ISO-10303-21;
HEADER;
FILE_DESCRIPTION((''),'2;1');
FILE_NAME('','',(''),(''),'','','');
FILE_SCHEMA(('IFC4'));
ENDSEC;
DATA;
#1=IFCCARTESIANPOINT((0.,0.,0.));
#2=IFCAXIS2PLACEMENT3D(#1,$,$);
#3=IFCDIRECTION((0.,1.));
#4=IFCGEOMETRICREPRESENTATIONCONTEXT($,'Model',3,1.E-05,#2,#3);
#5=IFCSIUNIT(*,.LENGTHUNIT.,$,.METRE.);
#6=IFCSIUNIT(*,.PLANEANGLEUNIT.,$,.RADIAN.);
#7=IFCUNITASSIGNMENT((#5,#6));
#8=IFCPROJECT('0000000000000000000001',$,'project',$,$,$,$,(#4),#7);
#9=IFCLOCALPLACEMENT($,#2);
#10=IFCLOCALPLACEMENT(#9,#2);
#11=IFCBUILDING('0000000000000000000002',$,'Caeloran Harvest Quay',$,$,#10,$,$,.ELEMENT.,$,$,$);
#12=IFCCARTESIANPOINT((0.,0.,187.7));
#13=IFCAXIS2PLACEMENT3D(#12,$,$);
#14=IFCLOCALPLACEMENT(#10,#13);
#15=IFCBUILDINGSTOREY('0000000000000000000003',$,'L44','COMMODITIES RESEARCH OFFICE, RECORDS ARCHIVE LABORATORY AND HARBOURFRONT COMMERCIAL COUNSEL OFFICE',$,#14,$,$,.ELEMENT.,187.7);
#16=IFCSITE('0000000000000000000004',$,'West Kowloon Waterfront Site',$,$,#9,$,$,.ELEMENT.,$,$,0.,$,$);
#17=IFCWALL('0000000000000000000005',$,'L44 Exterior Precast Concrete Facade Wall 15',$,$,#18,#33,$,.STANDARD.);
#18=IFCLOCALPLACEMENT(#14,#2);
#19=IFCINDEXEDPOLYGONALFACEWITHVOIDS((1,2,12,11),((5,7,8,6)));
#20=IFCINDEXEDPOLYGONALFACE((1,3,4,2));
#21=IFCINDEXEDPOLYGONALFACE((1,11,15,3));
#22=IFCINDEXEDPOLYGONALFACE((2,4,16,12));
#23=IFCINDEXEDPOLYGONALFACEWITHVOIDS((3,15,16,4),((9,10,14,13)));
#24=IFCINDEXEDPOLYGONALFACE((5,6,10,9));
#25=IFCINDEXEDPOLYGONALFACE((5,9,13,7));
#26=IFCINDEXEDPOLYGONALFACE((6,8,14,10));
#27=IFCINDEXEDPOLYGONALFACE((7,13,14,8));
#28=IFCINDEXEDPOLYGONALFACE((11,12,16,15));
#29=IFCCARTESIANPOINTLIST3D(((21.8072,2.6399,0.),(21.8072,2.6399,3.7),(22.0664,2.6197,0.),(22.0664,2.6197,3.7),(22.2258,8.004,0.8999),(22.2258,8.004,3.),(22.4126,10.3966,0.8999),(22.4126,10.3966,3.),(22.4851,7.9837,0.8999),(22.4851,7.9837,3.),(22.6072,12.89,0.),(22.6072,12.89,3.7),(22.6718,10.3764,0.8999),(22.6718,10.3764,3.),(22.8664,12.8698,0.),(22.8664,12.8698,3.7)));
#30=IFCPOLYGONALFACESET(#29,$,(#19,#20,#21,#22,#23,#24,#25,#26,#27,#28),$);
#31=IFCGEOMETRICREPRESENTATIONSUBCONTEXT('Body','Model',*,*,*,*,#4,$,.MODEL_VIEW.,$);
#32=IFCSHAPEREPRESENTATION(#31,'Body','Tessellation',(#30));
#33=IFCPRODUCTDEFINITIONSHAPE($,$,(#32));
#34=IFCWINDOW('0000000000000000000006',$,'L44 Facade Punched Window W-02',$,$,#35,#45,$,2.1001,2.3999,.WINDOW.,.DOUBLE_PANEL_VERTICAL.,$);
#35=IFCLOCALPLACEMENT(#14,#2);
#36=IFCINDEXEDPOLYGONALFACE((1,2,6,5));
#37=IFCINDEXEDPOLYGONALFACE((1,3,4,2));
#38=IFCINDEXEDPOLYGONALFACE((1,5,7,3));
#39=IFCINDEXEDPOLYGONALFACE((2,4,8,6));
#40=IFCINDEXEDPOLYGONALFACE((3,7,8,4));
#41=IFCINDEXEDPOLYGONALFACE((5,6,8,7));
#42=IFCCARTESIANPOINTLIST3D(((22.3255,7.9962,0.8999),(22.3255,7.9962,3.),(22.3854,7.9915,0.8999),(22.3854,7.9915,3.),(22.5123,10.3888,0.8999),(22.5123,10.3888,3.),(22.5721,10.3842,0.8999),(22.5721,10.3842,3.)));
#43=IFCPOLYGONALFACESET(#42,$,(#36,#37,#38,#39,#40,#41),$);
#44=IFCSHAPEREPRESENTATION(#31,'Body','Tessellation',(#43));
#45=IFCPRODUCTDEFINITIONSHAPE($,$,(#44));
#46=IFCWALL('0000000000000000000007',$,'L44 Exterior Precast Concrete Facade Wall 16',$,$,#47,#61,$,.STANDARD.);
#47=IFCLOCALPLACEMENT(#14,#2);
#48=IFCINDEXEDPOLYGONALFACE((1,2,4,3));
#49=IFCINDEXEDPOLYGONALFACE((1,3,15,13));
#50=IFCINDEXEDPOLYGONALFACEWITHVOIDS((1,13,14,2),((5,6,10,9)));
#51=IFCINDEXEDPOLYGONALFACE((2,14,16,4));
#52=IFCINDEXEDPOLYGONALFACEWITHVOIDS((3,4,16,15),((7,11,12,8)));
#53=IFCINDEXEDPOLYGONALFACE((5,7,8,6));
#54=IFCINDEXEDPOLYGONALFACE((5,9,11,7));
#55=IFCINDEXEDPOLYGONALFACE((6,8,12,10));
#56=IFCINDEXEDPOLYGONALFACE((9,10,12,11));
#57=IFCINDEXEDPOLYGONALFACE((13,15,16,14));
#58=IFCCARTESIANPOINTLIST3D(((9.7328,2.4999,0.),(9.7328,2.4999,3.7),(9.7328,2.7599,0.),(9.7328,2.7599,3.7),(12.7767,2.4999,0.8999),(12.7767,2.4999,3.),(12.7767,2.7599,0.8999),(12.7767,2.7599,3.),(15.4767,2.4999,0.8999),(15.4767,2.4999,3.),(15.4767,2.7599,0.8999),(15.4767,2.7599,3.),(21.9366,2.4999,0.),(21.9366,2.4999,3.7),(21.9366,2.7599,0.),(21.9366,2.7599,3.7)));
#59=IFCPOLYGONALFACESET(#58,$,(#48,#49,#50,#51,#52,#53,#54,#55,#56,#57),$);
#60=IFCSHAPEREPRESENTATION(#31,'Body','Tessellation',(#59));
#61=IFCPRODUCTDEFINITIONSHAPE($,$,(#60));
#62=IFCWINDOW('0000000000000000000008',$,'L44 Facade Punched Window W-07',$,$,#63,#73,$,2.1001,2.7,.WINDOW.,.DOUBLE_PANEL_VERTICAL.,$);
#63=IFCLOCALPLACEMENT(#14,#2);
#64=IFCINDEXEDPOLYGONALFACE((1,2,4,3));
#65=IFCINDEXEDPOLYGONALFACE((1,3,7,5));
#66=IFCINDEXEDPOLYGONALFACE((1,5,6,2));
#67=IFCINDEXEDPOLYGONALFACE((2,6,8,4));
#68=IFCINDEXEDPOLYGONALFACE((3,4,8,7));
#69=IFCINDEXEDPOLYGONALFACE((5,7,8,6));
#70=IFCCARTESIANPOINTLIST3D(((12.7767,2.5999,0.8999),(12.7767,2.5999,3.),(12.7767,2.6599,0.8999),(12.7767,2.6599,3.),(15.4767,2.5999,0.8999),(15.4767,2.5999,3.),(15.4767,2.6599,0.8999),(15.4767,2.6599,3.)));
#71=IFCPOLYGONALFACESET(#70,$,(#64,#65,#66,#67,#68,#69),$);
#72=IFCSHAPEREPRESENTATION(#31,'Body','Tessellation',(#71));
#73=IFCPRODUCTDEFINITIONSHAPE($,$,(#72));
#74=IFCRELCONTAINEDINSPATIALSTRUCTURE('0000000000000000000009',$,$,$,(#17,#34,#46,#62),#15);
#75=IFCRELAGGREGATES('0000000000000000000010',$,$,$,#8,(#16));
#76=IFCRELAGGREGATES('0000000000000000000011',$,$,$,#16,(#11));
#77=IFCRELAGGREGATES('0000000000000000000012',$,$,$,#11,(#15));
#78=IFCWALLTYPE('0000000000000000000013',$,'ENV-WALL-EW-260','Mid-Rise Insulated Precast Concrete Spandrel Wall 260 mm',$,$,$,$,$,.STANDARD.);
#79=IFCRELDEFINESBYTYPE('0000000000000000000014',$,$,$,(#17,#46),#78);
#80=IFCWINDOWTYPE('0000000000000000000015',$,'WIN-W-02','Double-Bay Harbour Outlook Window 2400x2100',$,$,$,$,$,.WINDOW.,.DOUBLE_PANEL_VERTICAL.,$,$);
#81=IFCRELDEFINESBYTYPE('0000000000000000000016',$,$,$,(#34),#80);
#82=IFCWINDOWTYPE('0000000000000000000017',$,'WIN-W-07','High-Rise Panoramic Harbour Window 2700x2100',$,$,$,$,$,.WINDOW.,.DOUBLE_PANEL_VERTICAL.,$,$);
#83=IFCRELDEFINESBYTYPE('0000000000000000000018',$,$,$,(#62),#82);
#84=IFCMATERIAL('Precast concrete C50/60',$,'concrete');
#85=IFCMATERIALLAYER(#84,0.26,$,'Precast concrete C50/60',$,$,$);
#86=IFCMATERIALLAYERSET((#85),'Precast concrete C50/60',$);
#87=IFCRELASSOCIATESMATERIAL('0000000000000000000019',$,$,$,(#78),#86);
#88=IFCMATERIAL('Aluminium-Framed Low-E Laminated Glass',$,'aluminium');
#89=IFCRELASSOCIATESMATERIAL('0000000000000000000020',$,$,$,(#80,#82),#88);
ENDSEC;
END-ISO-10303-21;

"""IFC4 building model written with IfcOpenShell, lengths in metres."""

from ifc_helpers import new_model, si_unit, direction, frame, frame_2d, origin, place, context, subcontext, project, spatial, rectangle, extrude, material, layer, layer_set, type_object, element, fill, save


model = new_model("IFC4")

# Units and contexts
model_context = context("Model", 3, precision=1e-05, world=origin(), true_north=direction((0.0, 1.0)))
body_context = subcontext(model_context, "Body", "Model", "MODEL_VIEW")
ifc_project = project(units=[si_unit("LENGTHUNIT", "METRE"), si_unit("PLANEANGLEUNIT", "RADIAN")], contexts=[model_context])

# Site, building, storey
site_placement = place(None, origin())
site = spatial("IfcSite", under=ifc_project, at=site_placement, Name="West Kowloon Waterfront Site", CompositionType="ELEMENT", RefElevation=0.0)
building_placement = place(site_placement, origin())
building = spatial("IfcBuilding", under=site, at=building_placement, Name="Caeloran Harvest Quay", CompositionType="ELEMENT")
storey_placement = place(building_placement, frame((0.0, 0.0, 187.7)))
storey = spatial("IfcBuildingStorey", under=building, at=storey_placement, Name="L44", Description="COMMODITIES RESEARCH OFFICE, RECORDS ARCHIVE LABORATORY AND HARBOURFRONT COMMERCIAL COUNSEL OFFICE", CompositionType="ELEMENT", Elevation=187.7)

# Walls, openings, windows
ifc_material_1 = material(Name="Precast concrete C50/60", Category="concrete")
ifc_layer = layer(ifc_material_1, 0.26, Name="Precast concrete C50/60")
ifc_layer_set = layer_set([ifc_layer], Name="Precast concrete C50/60")
wall_type = type_object("IfcWallType", Name="ENV-WALL-EW-260", Description="Mid-Rise Insulated Precast Concrete Spandrel Wall 260 mm", PredefinedType="STANDARD", material=ifc_layer_set)
wall_1_placement = place(storey_placement, frame((22.7368, 12.8799, 0.0), z_axis=(0.0, 0.0, 1.0), x_axis=(-0.077817, -0.996968, 0.0)))
wall_1 = element("IfcWall", 1, at=wall_1_placement, inside=storey, type_object=wall_type, Name="L44 Exterior Precast Concrete Facade Wall 15", PredefinedType="STANDARD", context=body_context, shape_type="SweptSolid", body=[
    extrude(rectangle(XDim=10.2812, YDim=0.26, at=frame_2d((5.1406, 0.0))), origin(), (0.0, 0.0, 1.0), 3.7),
])
opening_1_placement = place(wall_1_placement, frame((2.501, 0.0, 0.8999)))
opening_1 = element("IfcOpeningElement", 2, at=opening_1_placement, cuts=wall_1, PredefinedType="OPENING", context=body_context, shape_type="SweptSolid", body=[
    extrude(rectangle(XDim=2.3999, YDim=2.1001, at=frame_2d((1.2, 1.05))), frame((0.0, 0.1401, 0.0), z_axis=(0.0, -1.0, 0.0), x_axis=(1.0, 0.0, 0.0)), (0.0, 0.0, 1.0), 0.28),
])
ifc_material_2 = material(Name="Aluminium-Framed Low-E Laminated Glass", Category="aluminium")
window_type_1 = type_object("IfcWindowType", Name="WIN-W-02", Description="Double-Bay Harbour Outlook Window 2400x2100", PartitioningType="DOUBLE_PANEL_VERTICAL", PredefinedType="WINDOW", material=ifc_material_2)
window_1_placement = place(opening_1_placement, origin())
window_1 = element("IfcWindow", 3, at=window_1_placement, inside=storey, type_object=window_type_1, Name="L44 Facade Punched Window W-02", OverallHeight=2.1001, OverallWidth=2.3999, PartitioningType="DOUBLE_PANEL_VERTICAL", PredefinedType="WINDOW", context=body_context, shape_type="SweptSolid", body=[
    extrude(rectangle(XDim=2.3999, YDim=2.1001, at=frame_2d((1.2, 1.05))), frame((0.0, 0.03, 0.0), z_axis=(0.0, -1.0, 0.0), x_axis=(1.0, 0.0, 0.0)), (0.0, 0.0, 1.0), 0.0601),
])
fill(opening_1, window_1)
wall_2_placement = place(storey_placement, frame((21.9368, 2.6299, 0.0), z_axis=(0.0, 0.0, 1.0), x_axis=(-1.0, 0.0, 0.0)))
wall_2 = element("IfcWall", 4, at=wall_2_placement, inside=storey, type_object=wall_type, Name="L44 Exterior Precast Concrete Facade Wall 16", PredefinedType="STANDARD", context=body_context, shape_type="SweptSolid", body=[
    extrude(rectangle(XDim=12.2039, YDim=0.26, at=frame_2d((6.1021, 0.0))), origin(), (0.0, 0.0, 1.0), 3.7),
])
opening_2_placement = place(wall_2_placement, frame((6.46, 0.0, 0.8999)))
opening_2 = element("IfcOpeningElement", 5, at=opening_2_placement, cuts=wall_2, PredefinedType="OPENING", context=body_context, shape_type="SweptSolid", body=[
    extrude(rectangle(XDim=2.7, YDim=2.1001, at=frame_2d((1.3501, 1.05))), frame((0.0, 0.1401, 0.0), z_axis=(0.0, -1.0, 0.0), x_axis=(1.0, 0.0, 0.0)), (0.0, 0.0, 1.0), 0.28),
])
window_type_2 = type_object("IfcWindowType", Name="WIN-W-07", Description="High-Rise Panoramic Harbour Window 2700x2100", PartitioningType="DOUBLE_PANEL_VERTICAL", PredefinedType="WINDOW", material=ifc_material_2)
window_2_placement = place(opening_2_placement, origin())
window_2 = element("IfcWindow", 6, at=window_2_placement, inside=storey, type_object=window_type_2, Name="L44 Facade Punched Window W-07", OverallHeight=2.1001, OverallWidth=2.7, PartitioningType="DOUBLE_PANEL_VERTICAL", PredefinedType="WINDOW", context=body_context, shape_type="SweptSolid", body=[
    extrude(rectangle(XDim=2.7, YDim=2.1001, at=frame_2d((1.3501, 1.05))), frame((0.0, 0.03, 0.0), z_axis=(0.0, -1.0, 0.0), x_axis=(1.0, 0.0, 0.0)), (0.0, 0.0, 1.0), 0.0601),
])
fill(opening_2, window_2)

save(model, "model.ifc")
